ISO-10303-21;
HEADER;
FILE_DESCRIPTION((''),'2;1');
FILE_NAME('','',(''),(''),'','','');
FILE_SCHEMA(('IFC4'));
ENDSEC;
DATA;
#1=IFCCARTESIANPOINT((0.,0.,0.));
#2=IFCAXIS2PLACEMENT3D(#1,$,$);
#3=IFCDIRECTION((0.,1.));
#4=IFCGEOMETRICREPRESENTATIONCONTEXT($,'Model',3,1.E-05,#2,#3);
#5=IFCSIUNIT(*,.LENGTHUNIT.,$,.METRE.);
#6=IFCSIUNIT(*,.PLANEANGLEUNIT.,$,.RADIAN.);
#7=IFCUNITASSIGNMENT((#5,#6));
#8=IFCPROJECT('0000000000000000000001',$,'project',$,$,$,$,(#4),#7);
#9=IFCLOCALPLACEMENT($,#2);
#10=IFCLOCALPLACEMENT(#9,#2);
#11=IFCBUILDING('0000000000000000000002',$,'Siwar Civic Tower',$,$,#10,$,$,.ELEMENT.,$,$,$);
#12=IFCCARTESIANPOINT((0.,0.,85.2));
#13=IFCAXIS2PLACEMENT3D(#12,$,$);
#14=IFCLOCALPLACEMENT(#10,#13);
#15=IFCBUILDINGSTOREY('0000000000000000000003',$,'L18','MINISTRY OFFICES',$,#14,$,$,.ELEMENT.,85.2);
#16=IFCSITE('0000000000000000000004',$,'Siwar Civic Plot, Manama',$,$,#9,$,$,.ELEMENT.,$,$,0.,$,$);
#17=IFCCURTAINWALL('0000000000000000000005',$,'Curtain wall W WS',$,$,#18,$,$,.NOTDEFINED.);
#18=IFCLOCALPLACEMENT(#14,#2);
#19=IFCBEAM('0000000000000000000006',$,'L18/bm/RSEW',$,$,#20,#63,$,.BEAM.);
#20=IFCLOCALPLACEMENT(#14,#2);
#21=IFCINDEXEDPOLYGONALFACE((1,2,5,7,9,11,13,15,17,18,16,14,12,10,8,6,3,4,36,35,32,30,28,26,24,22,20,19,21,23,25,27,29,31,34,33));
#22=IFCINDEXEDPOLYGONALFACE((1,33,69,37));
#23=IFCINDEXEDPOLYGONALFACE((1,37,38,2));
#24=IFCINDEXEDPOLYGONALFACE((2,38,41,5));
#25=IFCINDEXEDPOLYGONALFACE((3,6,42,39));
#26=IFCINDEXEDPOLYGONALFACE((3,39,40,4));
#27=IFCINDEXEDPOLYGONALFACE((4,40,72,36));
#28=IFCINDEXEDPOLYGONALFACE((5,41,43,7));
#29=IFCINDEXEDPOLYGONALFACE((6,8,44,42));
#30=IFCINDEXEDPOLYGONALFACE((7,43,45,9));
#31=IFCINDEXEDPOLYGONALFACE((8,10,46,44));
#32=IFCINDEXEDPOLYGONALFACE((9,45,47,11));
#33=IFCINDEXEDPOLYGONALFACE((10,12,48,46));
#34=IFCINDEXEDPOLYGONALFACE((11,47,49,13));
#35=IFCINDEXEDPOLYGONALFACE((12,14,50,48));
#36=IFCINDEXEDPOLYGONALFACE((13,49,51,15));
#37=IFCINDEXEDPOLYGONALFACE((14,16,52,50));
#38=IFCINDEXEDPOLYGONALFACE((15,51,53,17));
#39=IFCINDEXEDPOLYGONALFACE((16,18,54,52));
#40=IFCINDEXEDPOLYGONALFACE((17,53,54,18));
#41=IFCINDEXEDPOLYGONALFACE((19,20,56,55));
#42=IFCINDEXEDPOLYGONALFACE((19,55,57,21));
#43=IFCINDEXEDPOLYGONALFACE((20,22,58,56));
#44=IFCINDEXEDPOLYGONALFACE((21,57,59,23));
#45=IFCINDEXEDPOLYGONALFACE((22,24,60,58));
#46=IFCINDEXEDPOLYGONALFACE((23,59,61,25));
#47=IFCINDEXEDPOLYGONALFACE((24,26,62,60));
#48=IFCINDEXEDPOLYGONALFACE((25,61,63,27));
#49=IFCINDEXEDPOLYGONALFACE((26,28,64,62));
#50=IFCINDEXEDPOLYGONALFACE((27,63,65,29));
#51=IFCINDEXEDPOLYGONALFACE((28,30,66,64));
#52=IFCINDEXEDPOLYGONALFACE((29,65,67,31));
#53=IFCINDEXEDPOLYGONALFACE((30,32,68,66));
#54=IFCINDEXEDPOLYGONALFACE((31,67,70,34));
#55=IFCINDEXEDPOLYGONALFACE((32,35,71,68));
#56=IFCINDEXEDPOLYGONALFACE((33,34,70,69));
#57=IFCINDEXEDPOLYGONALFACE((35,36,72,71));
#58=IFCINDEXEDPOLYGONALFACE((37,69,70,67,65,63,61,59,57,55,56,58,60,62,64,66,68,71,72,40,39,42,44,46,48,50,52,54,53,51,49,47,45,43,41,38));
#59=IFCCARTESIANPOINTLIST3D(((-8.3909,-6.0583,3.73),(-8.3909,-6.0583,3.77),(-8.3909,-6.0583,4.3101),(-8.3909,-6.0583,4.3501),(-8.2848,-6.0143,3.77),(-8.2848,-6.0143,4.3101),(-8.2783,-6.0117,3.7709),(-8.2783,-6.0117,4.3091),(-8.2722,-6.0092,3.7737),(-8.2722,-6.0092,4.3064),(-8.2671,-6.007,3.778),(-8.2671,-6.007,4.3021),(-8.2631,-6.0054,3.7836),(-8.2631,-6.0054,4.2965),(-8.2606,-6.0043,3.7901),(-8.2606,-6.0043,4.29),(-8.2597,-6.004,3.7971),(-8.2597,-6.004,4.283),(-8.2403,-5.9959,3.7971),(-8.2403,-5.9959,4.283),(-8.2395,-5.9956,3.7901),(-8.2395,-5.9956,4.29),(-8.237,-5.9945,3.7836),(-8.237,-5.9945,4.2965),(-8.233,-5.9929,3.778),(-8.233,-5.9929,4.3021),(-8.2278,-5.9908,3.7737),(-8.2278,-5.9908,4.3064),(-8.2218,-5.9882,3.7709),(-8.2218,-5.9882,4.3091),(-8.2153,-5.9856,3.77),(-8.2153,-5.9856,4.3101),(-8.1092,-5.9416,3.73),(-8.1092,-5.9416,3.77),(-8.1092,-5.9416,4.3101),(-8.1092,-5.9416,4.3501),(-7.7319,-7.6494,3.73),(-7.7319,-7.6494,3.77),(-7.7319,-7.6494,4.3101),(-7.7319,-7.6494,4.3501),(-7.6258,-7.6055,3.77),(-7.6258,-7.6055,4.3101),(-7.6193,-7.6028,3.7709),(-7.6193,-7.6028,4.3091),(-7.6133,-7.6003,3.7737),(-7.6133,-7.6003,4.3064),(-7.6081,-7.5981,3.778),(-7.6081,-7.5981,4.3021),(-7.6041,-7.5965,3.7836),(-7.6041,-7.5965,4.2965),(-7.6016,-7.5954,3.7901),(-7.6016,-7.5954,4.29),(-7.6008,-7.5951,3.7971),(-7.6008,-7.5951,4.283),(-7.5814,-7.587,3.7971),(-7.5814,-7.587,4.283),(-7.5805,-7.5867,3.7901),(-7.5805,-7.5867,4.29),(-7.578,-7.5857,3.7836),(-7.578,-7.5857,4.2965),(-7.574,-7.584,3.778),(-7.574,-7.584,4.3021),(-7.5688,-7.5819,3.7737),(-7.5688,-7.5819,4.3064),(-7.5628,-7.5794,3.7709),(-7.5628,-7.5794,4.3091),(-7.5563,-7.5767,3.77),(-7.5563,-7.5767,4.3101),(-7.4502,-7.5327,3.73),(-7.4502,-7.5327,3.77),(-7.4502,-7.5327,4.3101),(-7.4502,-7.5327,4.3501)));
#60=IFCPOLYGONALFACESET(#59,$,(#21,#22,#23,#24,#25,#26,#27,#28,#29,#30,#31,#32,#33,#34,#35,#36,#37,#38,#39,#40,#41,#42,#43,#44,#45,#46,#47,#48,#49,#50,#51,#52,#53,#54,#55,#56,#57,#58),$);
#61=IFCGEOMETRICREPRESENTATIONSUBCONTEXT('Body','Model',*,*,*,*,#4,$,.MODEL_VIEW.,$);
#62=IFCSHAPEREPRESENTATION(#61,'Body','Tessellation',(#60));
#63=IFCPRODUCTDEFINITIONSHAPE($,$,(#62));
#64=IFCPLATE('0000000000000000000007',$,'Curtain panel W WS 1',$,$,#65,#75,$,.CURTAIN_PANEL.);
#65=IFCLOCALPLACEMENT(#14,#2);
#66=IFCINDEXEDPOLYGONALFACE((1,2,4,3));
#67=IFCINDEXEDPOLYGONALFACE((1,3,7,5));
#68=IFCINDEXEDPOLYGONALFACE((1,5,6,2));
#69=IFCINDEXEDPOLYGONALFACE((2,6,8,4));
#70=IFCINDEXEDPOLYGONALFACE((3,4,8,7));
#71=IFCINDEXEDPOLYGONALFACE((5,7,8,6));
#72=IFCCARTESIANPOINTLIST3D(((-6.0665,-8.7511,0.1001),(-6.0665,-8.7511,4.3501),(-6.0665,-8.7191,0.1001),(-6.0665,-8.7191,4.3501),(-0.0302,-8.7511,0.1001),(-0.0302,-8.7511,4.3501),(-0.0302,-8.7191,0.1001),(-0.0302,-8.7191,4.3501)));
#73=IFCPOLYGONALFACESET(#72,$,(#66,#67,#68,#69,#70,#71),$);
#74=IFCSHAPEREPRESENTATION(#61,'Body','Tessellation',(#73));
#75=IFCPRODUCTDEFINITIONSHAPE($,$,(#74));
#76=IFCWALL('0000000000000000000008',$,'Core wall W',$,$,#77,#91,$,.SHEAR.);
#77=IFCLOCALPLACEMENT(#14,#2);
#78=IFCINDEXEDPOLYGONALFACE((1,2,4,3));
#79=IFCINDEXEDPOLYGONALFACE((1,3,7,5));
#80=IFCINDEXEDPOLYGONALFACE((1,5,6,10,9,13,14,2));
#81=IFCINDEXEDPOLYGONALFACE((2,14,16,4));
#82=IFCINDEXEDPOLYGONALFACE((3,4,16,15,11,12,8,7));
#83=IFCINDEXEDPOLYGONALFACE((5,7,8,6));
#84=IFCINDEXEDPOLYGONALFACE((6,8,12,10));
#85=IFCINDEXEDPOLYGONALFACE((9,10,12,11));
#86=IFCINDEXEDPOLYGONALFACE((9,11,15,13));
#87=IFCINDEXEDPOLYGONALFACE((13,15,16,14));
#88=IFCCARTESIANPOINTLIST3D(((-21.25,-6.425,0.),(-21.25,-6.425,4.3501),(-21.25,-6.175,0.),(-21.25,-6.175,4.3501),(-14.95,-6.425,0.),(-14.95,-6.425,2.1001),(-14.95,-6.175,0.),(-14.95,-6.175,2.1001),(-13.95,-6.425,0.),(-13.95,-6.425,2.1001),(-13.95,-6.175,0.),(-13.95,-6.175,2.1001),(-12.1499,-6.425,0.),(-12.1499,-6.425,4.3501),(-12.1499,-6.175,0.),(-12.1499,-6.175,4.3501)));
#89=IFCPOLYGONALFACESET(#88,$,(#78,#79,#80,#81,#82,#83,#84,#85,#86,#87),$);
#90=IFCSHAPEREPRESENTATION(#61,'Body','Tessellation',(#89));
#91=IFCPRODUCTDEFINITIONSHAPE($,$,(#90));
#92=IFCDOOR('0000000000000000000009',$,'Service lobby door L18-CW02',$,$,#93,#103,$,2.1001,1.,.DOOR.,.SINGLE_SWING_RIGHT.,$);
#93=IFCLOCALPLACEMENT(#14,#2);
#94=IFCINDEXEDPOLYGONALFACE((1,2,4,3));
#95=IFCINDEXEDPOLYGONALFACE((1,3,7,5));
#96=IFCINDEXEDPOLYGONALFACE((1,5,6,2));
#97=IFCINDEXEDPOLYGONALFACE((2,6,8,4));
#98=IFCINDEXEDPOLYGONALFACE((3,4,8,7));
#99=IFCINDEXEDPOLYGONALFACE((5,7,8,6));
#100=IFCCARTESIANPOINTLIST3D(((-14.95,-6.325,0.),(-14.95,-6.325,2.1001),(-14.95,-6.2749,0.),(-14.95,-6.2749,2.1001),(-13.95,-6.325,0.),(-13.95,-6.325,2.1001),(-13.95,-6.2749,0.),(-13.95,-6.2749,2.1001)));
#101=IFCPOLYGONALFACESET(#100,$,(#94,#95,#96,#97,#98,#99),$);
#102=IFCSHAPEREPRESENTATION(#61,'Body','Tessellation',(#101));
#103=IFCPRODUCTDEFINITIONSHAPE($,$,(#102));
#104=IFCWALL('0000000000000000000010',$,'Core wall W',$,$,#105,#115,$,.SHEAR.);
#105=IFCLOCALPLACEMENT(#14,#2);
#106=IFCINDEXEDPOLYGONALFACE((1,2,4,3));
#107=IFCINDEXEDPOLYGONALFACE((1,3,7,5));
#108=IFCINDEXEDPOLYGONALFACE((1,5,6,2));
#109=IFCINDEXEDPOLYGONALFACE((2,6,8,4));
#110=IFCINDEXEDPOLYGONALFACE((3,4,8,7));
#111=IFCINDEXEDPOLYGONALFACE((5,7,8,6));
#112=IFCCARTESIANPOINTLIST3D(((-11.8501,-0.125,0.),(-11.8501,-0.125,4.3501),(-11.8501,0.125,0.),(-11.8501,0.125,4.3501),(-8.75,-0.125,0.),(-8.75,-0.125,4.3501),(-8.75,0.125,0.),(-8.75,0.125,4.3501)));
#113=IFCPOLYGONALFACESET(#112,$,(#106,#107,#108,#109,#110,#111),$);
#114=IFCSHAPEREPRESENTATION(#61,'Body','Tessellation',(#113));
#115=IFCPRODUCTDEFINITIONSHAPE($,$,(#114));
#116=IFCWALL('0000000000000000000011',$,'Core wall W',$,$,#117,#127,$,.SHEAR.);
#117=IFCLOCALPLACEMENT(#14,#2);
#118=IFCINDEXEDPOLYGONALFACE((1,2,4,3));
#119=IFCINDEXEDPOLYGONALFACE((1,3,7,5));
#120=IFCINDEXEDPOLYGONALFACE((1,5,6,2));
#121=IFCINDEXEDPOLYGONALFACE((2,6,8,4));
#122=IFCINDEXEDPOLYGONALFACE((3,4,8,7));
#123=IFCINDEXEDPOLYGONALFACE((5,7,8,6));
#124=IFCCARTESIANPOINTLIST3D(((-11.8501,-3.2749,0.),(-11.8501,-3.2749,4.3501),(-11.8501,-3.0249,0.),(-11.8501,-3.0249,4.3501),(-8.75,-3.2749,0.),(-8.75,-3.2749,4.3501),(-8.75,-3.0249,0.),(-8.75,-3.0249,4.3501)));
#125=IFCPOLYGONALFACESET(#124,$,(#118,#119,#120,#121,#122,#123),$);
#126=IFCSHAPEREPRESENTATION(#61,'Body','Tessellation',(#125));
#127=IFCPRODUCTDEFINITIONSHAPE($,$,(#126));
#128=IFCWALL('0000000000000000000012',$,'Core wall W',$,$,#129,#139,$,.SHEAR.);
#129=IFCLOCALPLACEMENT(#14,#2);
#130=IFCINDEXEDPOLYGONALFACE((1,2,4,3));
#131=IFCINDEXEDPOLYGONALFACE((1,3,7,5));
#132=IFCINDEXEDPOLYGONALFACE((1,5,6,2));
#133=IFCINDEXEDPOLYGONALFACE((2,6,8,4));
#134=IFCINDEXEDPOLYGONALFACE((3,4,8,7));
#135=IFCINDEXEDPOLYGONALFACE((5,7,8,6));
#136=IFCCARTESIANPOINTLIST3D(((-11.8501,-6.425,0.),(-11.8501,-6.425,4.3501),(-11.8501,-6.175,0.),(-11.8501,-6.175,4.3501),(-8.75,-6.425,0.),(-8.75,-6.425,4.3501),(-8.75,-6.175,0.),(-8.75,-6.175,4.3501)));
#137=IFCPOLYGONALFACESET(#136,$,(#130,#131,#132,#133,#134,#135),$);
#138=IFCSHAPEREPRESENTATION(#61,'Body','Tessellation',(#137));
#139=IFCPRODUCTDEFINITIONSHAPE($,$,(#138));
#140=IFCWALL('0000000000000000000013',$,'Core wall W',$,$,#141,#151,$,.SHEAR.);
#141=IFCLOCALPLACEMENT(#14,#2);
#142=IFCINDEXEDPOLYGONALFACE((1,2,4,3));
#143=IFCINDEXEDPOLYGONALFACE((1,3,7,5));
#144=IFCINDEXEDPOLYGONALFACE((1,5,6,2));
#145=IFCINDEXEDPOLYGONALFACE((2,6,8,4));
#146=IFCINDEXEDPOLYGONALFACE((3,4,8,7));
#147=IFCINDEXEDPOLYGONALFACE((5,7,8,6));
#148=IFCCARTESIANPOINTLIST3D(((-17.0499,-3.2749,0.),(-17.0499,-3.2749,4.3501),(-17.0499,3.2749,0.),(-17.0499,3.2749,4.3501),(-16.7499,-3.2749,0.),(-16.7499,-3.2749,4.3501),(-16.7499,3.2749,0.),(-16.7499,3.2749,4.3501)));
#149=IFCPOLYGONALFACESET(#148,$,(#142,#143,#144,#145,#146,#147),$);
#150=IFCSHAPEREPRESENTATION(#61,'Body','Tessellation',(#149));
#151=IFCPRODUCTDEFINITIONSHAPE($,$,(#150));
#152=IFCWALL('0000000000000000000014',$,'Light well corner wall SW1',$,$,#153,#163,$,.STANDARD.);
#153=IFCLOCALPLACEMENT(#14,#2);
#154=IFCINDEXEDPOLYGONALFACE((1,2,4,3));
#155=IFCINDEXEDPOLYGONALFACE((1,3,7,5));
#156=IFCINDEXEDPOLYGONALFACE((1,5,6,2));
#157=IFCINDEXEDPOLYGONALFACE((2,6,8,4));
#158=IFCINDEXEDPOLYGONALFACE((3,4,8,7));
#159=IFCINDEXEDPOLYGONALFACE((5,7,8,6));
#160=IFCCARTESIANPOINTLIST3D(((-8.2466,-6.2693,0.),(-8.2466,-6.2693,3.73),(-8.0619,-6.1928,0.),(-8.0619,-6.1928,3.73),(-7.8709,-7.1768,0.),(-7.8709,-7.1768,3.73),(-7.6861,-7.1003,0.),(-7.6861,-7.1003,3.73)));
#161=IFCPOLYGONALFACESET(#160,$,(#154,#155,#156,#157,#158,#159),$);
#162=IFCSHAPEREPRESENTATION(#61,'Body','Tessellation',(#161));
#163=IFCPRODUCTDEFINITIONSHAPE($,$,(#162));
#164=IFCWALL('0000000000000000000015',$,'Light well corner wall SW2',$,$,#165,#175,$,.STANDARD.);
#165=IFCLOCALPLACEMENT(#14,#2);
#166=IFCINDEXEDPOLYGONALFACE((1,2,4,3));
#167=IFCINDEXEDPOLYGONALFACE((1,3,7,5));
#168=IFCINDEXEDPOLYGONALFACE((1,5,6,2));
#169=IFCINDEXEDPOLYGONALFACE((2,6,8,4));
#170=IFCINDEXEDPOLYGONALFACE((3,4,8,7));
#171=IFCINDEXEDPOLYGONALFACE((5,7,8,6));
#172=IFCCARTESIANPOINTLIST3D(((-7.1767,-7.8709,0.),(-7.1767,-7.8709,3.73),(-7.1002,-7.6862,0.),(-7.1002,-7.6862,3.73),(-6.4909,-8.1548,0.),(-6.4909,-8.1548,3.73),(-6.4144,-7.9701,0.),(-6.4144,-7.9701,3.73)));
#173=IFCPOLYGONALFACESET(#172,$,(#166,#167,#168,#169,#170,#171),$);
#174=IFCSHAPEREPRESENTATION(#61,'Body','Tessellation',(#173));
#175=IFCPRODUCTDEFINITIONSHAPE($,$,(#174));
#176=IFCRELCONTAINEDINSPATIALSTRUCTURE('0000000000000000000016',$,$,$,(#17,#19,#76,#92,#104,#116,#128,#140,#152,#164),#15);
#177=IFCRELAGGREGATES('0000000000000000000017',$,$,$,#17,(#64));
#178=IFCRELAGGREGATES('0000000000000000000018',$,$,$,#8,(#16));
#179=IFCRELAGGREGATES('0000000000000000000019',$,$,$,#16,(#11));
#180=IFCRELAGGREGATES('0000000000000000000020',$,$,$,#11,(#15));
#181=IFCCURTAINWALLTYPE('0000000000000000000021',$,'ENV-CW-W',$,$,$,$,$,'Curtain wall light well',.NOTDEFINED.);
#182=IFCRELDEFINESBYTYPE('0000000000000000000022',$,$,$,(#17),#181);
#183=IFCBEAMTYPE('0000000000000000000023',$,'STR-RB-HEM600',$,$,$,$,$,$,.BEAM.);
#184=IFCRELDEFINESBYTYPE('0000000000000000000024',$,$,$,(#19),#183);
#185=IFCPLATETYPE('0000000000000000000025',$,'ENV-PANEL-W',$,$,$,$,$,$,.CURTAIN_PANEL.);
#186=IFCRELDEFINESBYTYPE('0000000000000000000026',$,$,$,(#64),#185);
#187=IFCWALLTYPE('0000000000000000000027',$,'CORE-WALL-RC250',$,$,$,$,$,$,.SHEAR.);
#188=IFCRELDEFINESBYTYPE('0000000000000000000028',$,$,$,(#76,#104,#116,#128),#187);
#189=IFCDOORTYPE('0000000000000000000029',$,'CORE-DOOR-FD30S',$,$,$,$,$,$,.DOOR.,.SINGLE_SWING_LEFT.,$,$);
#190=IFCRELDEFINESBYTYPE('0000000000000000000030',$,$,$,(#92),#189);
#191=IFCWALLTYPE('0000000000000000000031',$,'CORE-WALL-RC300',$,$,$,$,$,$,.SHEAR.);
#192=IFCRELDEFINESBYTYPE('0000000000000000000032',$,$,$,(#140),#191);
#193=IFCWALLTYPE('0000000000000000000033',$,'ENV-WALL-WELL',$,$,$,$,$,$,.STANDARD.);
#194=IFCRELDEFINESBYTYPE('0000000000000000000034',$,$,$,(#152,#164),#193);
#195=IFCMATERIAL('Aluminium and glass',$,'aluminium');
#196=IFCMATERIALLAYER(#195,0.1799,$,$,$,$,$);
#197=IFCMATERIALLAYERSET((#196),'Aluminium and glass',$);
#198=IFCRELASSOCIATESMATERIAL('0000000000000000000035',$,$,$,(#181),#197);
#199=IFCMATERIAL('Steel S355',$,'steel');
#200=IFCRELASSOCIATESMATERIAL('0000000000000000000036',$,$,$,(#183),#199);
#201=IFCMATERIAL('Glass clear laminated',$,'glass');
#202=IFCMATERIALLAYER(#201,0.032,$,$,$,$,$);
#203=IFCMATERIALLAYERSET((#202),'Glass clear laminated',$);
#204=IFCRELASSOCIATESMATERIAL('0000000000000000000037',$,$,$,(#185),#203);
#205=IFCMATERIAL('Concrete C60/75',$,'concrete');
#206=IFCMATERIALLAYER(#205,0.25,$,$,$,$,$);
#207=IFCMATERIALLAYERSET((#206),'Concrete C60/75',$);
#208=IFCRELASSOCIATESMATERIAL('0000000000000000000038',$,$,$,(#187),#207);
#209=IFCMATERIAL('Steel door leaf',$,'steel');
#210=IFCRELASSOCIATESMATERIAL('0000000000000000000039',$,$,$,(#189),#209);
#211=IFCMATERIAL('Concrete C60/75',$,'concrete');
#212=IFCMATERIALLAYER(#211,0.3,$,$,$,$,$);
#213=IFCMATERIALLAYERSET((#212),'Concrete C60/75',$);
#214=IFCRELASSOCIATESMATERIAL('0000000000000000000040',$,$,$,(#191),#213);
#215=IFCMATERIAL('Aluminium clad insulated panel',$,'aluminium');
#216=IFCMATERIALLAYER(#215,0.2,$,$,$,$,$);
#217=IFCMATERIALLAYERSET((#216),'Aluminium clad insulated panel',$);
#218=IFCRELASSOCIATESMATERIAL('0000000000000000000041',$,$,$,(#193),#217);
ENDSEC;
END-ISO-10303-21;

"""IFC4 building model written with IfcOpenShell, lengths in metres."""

from ifc_helpers import new_model, si_unit, direction, frame, frame_2d, origin, origin_2d, place, context, subcontext, project, spatial, rectangle, i_section, extrude, material, layer, layer_set, material_profile, profile_set, type_object, element, fill, aggregate, save


model = new_model("IFC4")

# Units and contexts
model_context = context("Model", 3, precision=1e-05, world=origin(), true_north=direction((0.0, 1.0)))
body_context = subcontext(model_context, "Body", "Model", "MODEL_VIEW")
ifc_project = project(units=[si_unit("LENGTHUNIT", "METRE"), si_unit("PLANEANGLEUNIT", "RADIAN")], contexts=[model_context])

# Site, building, storey
site_placement = place(None, origin())
site = spatial("IfcSite", under=ifc_project, at=site_placement, Name="Siwar Civic Plot, Manama", CompositionType="ELEMENT", RefElevation=0.0)
building_placement = place(site_placement, origin())
building = spatial("IfcBuilding", under=site, at=building_placement, Name="Siwar Civic Tower", CompositionType="ELEMENT")
storey_placement = place(building_placement, frame((0.0, 0.0, 85.2)))
storey = spatial("IfcBuildingStorey", under=building, at=storey_placement, Name="L18", Description="MINISTRY OFFICES", CompositionType="ELEMENT", Elevation=85.2)

# Curtain wall
ifc_material_1 = material(Name="Aluminium and glass", Category="aluminium")
ifc_layer_1 = layer(ifc_material_1, 0.1799)
ifc_layer_set_1 = layer_set([ifc_layer_1], Name="Aluminium and glass")
curtain_wall_type = type_object("IfcCurtainWallType", Name="ENV-CW-W", ElementType="Curtain wall light well", PredefinedType="NOTDEFINED", material=ifc_layer_set_1)
curtain_wall_placement = place(storey_placement, origin())
curtain_wall = element("IfcCurtainWall", 1, at=curtain_wall_placement, inside=storey, type_object=curtain_wall_type, Name="Curtain wall W WS", PredefinedType="NOTDEFINED")

# Beam
ifc_material_2 = material(Name="Steel S355", Category="steel")
ifc_material_profile_1 = material_profile(ifc_material_2, i_section(OverallWidth=0.3049, OverallDepth=0.6201, WebThickness=0.021, FlangeThickness=0.04, FilletRadius=0.0271, at=origin_2d()), Name="HEM600")
ifc_profile_set_1 = profile_set([ifc_material_profile_1], Name="Steel S355")
beam_type = type_object("IfcBeamType", Name="STR-RB-HEM600", PredefinedType="BEAM", material=ifc_profile_set_1)
beam_1_placement = place(storey_placement, frame((-7.5911, -7.5911, 4.04), z_axis=(-0.382631, 0.923901, 0.0), x_axis=(-0.923901, -0.382631, 0.0)))
element("IfcBeam", 2, at=beam_1_placement, inside=storey, type_object=beam_type, Name="L18/bm/RSEW", PredefinedType="BEAM", context=body_context, shape_type="SweptSolid", body=[
    extrude(i_section(OverallWidth=0.3049, OverallDepth=0.6201, WebThickness=0.021, FlangeThickness=0.04, FilletRadius=0.0271, at=origin_2d()), origin(), (0.0, 0.0, 1.0), 1.7222),
])

# Plate
ifc_material_3 = material(Name="Glass clear laminated", Category="glass")
ifc_layer_2 = layer(ifc_material_3, 0.032)
ifc_layer_set_2 = layer_set([ifc_layer_2], Name="Glass clear laminated")
plate_type = type_object("IfcPlateType", Name="ENV-PANEL-W", PredefinedType="CURTAIN_PANEL", material=ifc_layer_set_2)
plate_placement = place(storey_placement, frame((-3.0483, -8.7351, 0.1001), z_axis=(0.0, 0.0, 1.0), x_axis=(1.0, 0.0, 0.0)))
plate = element("IfcPlate", 3, at=plate_placement, type_object=plate_type, Name="Curtain panel W WS 1", PredefinedType="CURTAIN_PANEL", context=body_context, shape_type="SweptSolid", body=[
    extrude(rectangle(XDim=6.0364, YDim=0.032, at=origin_2d()), origin(), (0.0, 0.0, 1.0), 4.25),
])
aggregate(curtain_wall, [plate])

# Wall, opening, door
ifc_material_4 = material(Name="Concrete C60/75", Category="concrete")
ifc_layer_3 = layer(ifc_material_4, 0.25)
ifc_layer_set_3 = layer_set([ifc_layer_3], Name="Concrete C60/75")
wall_type_1 = type_object("IfcWallType", Name="CORE-WALL-RC250", PredefinedType="SHEAR", material=ifc_layer_set_3)
wall_1_placement = place(storey_placement, frame((-12.1499, -6.3, 0.0), z_axis=(0.0, 0.0, 1.0), x_axis=(-1.0, 0.0, 0.0)))
wall_1 = element("IfcWall", 4, at=wall_1_placement, inside=storey, type_object=wall_type_1, Name="Core wall W", PredefinedType="SHEAR", context=body_context, shape_type="SweptSolid", body=[
    extrude(rectangle(XDim=9.1001, YDim=0.25, at=frame_2d((4.55, 0.0))), origin(), (0.0, 0.0, 1.0), 4.3501),
])
opening_placement = place(wall_1_placement, frame((1.8, 0.0, 0.0)))
opening = element("IfcOpeningElement", 5, at=opening_placement, cuts=wall_1, PredefinedType="OPENING", context=body_context, shape_type="SweptSolid", body=[
    extrude(rectangle(XDim=1.0, YDim=2.1001, at=frame_2d((0.5, 1.05))), frame((0.0, 0.135, 0.0), z_axis=(0.0, -1.0, 0.0), x_axis=(1.0, 0.0, 0.0)), (0.0, 0.0, 1.0), 0.27),
])
ifc_material_5 = material(Name="Steel door leaf", Category="steel")
door_type = type_object("IfcDoorType", Name="CORE-DOOR-FD30S", OperationType="SINGLE_SWING_LEFT", PredefinedType="DOOR", material=ifc_material_5)
door_placement = place(opening_placement, origin())
door = element("IfcDoor", 6, at=door_placement, inside=storey, type_object=door_type, Name="Service lobby door L18-CW02", OperationType="SINGLE_SWING_RIGHT", OverallHeight=2.1001, OverallWidth=1.0, PredefinedType="DOOR", context=body_context, shape_type="SweptSolid", body=[
    extrude(rectangle(XDim=1.0, YDim=2.1001, at=frame_2d((0.5, 1.05))), frame((0.0, 0.0249, 0.0), z_axis=(0.0, -1.0, 0.0), x_axis=(1.0, 0.0, 0.0)), (0.0, 0.0, 1.0), 0.05),
])
fill(opening, door)

# Walls
for number, where, z_axis, x_axis, name in (
    (7, (-8.75, 0.0, 0.0), (0.0, 0.0, 1.0), (-1.0, 0.0, 0.0), "Core wall W"),
    (8, (-8.75, -3.1499, 0.0), (0.0, 0.0, 1.0), (-1.0, 0.0, 0.0), "Core wall W"),
    (9, (-8.75, -6.3, 0.0), (0.0, 0.0, 1.0), (-1.0, 0.0, 0.0), "Core wall W"),
):
    element("IfcWall", number, at=place(storey_placement, frame(where, z_axis=z_axis, x_axis=x_axis)), inside=storey, type_object=wall_type_1, Name=name, PredefinedType="SHEAR", context=body_context, shape_type="SweptSolid", body=[
        extrude(rectangle(XDim=3.1001, YDim=0.25, at=frame_2d((1.55, 0.0))), origin(), (0.0, 0.0, 1.0), 4.3501),
    ])
ifc_material_6 = material(Name="Concrete C60/75", Category="concrete")
ifc_layer_4 = layer(ifc_material_6, 0.3)
ifc_layer_set_4 = layer_set([ifc_layer_4], Name="Concrete C60/75")
wall_type_2 = type_object("IfcWallType", Name="CORE-WALL-RC300", PredefinedType="SHEAR", material=ifc_layer_set_4)
wall_2_placement = place(storey_placement, frame((-16.8999, -3.2749, 0.0), z_axis=(0.0, 0.0, 1.0), x_axis=(0.0, 1.0, 0.0)))
element("IfcWall", 10, at=wall_2_placement, inside=storey, type_object=wall_type_2, Name="Core wall W", PredefinedType="SHEAR", context=body_context, shape_type="SweptSolid", body=[
    extrude(rectangle(XDim=6.5498, YDim=0.3, at=frame_2d((3.2749, 0.0))), origin(), (0.0, 0.0, 1.0), 4.3501),
])
ifc_material_7 = material(Name="Aluminium clad insulated panel", Category="aluminium")
ifc_layer_5 = layer(ifc_material_7, 0.2)
ifc_layer_set_5 = layer_set([ifc_layer_5], Name="Aluminium clad insulated panel")
wall_type_3 = type_object("IfcWallType", Name="ENV-WALL-WELL", PredefinedType="STANDARD", material=ifc_layer_set_5)
wall_3_placement = place(storey_placement, frame((-8.1543, -6.231, 0.0), z_axis=(0.0, 0.0, 1.0), x_axis=(0.382549, -0.923935, 0.0)))
element("IfcWall", 11, at=wall_3_placement, inside=storey, type_object=wall_type_3, Name="Light well corner wall SW1", PredefinedType="STANDARD", context=body_context, shape_type="SweptSolid", body=[
    extrude(rectangle(XDim=0.9822, YDim=0.2, at=frame_2d((0.4912, 0.0))), origin(), (0.0, 0.0, 1.0), 3.73),
])
wall_4_placement = place(storey_placement, frame((-7.1384, -7.7786, 0.0), z_axis=(0.0, 0.0, 1.0), x_axis=(0.923941, -0.382536, 0.0)))
element("IfcWall", 12, at=wall_4_placement, inside=storey, type_object=wall_type_3, Name="Light well corner wall SW2", PredefinedType="STANDARD", context=body_context, shape_type="SweptSolid", body=[
    extrude(rectangle(XDim=0.7422, YDim=0.2, at=frame_2d((0.3711, 0.0))), origin(), (0.0, 0.0, 1.0), 3.73),
])

save(model, "model.ifc")
